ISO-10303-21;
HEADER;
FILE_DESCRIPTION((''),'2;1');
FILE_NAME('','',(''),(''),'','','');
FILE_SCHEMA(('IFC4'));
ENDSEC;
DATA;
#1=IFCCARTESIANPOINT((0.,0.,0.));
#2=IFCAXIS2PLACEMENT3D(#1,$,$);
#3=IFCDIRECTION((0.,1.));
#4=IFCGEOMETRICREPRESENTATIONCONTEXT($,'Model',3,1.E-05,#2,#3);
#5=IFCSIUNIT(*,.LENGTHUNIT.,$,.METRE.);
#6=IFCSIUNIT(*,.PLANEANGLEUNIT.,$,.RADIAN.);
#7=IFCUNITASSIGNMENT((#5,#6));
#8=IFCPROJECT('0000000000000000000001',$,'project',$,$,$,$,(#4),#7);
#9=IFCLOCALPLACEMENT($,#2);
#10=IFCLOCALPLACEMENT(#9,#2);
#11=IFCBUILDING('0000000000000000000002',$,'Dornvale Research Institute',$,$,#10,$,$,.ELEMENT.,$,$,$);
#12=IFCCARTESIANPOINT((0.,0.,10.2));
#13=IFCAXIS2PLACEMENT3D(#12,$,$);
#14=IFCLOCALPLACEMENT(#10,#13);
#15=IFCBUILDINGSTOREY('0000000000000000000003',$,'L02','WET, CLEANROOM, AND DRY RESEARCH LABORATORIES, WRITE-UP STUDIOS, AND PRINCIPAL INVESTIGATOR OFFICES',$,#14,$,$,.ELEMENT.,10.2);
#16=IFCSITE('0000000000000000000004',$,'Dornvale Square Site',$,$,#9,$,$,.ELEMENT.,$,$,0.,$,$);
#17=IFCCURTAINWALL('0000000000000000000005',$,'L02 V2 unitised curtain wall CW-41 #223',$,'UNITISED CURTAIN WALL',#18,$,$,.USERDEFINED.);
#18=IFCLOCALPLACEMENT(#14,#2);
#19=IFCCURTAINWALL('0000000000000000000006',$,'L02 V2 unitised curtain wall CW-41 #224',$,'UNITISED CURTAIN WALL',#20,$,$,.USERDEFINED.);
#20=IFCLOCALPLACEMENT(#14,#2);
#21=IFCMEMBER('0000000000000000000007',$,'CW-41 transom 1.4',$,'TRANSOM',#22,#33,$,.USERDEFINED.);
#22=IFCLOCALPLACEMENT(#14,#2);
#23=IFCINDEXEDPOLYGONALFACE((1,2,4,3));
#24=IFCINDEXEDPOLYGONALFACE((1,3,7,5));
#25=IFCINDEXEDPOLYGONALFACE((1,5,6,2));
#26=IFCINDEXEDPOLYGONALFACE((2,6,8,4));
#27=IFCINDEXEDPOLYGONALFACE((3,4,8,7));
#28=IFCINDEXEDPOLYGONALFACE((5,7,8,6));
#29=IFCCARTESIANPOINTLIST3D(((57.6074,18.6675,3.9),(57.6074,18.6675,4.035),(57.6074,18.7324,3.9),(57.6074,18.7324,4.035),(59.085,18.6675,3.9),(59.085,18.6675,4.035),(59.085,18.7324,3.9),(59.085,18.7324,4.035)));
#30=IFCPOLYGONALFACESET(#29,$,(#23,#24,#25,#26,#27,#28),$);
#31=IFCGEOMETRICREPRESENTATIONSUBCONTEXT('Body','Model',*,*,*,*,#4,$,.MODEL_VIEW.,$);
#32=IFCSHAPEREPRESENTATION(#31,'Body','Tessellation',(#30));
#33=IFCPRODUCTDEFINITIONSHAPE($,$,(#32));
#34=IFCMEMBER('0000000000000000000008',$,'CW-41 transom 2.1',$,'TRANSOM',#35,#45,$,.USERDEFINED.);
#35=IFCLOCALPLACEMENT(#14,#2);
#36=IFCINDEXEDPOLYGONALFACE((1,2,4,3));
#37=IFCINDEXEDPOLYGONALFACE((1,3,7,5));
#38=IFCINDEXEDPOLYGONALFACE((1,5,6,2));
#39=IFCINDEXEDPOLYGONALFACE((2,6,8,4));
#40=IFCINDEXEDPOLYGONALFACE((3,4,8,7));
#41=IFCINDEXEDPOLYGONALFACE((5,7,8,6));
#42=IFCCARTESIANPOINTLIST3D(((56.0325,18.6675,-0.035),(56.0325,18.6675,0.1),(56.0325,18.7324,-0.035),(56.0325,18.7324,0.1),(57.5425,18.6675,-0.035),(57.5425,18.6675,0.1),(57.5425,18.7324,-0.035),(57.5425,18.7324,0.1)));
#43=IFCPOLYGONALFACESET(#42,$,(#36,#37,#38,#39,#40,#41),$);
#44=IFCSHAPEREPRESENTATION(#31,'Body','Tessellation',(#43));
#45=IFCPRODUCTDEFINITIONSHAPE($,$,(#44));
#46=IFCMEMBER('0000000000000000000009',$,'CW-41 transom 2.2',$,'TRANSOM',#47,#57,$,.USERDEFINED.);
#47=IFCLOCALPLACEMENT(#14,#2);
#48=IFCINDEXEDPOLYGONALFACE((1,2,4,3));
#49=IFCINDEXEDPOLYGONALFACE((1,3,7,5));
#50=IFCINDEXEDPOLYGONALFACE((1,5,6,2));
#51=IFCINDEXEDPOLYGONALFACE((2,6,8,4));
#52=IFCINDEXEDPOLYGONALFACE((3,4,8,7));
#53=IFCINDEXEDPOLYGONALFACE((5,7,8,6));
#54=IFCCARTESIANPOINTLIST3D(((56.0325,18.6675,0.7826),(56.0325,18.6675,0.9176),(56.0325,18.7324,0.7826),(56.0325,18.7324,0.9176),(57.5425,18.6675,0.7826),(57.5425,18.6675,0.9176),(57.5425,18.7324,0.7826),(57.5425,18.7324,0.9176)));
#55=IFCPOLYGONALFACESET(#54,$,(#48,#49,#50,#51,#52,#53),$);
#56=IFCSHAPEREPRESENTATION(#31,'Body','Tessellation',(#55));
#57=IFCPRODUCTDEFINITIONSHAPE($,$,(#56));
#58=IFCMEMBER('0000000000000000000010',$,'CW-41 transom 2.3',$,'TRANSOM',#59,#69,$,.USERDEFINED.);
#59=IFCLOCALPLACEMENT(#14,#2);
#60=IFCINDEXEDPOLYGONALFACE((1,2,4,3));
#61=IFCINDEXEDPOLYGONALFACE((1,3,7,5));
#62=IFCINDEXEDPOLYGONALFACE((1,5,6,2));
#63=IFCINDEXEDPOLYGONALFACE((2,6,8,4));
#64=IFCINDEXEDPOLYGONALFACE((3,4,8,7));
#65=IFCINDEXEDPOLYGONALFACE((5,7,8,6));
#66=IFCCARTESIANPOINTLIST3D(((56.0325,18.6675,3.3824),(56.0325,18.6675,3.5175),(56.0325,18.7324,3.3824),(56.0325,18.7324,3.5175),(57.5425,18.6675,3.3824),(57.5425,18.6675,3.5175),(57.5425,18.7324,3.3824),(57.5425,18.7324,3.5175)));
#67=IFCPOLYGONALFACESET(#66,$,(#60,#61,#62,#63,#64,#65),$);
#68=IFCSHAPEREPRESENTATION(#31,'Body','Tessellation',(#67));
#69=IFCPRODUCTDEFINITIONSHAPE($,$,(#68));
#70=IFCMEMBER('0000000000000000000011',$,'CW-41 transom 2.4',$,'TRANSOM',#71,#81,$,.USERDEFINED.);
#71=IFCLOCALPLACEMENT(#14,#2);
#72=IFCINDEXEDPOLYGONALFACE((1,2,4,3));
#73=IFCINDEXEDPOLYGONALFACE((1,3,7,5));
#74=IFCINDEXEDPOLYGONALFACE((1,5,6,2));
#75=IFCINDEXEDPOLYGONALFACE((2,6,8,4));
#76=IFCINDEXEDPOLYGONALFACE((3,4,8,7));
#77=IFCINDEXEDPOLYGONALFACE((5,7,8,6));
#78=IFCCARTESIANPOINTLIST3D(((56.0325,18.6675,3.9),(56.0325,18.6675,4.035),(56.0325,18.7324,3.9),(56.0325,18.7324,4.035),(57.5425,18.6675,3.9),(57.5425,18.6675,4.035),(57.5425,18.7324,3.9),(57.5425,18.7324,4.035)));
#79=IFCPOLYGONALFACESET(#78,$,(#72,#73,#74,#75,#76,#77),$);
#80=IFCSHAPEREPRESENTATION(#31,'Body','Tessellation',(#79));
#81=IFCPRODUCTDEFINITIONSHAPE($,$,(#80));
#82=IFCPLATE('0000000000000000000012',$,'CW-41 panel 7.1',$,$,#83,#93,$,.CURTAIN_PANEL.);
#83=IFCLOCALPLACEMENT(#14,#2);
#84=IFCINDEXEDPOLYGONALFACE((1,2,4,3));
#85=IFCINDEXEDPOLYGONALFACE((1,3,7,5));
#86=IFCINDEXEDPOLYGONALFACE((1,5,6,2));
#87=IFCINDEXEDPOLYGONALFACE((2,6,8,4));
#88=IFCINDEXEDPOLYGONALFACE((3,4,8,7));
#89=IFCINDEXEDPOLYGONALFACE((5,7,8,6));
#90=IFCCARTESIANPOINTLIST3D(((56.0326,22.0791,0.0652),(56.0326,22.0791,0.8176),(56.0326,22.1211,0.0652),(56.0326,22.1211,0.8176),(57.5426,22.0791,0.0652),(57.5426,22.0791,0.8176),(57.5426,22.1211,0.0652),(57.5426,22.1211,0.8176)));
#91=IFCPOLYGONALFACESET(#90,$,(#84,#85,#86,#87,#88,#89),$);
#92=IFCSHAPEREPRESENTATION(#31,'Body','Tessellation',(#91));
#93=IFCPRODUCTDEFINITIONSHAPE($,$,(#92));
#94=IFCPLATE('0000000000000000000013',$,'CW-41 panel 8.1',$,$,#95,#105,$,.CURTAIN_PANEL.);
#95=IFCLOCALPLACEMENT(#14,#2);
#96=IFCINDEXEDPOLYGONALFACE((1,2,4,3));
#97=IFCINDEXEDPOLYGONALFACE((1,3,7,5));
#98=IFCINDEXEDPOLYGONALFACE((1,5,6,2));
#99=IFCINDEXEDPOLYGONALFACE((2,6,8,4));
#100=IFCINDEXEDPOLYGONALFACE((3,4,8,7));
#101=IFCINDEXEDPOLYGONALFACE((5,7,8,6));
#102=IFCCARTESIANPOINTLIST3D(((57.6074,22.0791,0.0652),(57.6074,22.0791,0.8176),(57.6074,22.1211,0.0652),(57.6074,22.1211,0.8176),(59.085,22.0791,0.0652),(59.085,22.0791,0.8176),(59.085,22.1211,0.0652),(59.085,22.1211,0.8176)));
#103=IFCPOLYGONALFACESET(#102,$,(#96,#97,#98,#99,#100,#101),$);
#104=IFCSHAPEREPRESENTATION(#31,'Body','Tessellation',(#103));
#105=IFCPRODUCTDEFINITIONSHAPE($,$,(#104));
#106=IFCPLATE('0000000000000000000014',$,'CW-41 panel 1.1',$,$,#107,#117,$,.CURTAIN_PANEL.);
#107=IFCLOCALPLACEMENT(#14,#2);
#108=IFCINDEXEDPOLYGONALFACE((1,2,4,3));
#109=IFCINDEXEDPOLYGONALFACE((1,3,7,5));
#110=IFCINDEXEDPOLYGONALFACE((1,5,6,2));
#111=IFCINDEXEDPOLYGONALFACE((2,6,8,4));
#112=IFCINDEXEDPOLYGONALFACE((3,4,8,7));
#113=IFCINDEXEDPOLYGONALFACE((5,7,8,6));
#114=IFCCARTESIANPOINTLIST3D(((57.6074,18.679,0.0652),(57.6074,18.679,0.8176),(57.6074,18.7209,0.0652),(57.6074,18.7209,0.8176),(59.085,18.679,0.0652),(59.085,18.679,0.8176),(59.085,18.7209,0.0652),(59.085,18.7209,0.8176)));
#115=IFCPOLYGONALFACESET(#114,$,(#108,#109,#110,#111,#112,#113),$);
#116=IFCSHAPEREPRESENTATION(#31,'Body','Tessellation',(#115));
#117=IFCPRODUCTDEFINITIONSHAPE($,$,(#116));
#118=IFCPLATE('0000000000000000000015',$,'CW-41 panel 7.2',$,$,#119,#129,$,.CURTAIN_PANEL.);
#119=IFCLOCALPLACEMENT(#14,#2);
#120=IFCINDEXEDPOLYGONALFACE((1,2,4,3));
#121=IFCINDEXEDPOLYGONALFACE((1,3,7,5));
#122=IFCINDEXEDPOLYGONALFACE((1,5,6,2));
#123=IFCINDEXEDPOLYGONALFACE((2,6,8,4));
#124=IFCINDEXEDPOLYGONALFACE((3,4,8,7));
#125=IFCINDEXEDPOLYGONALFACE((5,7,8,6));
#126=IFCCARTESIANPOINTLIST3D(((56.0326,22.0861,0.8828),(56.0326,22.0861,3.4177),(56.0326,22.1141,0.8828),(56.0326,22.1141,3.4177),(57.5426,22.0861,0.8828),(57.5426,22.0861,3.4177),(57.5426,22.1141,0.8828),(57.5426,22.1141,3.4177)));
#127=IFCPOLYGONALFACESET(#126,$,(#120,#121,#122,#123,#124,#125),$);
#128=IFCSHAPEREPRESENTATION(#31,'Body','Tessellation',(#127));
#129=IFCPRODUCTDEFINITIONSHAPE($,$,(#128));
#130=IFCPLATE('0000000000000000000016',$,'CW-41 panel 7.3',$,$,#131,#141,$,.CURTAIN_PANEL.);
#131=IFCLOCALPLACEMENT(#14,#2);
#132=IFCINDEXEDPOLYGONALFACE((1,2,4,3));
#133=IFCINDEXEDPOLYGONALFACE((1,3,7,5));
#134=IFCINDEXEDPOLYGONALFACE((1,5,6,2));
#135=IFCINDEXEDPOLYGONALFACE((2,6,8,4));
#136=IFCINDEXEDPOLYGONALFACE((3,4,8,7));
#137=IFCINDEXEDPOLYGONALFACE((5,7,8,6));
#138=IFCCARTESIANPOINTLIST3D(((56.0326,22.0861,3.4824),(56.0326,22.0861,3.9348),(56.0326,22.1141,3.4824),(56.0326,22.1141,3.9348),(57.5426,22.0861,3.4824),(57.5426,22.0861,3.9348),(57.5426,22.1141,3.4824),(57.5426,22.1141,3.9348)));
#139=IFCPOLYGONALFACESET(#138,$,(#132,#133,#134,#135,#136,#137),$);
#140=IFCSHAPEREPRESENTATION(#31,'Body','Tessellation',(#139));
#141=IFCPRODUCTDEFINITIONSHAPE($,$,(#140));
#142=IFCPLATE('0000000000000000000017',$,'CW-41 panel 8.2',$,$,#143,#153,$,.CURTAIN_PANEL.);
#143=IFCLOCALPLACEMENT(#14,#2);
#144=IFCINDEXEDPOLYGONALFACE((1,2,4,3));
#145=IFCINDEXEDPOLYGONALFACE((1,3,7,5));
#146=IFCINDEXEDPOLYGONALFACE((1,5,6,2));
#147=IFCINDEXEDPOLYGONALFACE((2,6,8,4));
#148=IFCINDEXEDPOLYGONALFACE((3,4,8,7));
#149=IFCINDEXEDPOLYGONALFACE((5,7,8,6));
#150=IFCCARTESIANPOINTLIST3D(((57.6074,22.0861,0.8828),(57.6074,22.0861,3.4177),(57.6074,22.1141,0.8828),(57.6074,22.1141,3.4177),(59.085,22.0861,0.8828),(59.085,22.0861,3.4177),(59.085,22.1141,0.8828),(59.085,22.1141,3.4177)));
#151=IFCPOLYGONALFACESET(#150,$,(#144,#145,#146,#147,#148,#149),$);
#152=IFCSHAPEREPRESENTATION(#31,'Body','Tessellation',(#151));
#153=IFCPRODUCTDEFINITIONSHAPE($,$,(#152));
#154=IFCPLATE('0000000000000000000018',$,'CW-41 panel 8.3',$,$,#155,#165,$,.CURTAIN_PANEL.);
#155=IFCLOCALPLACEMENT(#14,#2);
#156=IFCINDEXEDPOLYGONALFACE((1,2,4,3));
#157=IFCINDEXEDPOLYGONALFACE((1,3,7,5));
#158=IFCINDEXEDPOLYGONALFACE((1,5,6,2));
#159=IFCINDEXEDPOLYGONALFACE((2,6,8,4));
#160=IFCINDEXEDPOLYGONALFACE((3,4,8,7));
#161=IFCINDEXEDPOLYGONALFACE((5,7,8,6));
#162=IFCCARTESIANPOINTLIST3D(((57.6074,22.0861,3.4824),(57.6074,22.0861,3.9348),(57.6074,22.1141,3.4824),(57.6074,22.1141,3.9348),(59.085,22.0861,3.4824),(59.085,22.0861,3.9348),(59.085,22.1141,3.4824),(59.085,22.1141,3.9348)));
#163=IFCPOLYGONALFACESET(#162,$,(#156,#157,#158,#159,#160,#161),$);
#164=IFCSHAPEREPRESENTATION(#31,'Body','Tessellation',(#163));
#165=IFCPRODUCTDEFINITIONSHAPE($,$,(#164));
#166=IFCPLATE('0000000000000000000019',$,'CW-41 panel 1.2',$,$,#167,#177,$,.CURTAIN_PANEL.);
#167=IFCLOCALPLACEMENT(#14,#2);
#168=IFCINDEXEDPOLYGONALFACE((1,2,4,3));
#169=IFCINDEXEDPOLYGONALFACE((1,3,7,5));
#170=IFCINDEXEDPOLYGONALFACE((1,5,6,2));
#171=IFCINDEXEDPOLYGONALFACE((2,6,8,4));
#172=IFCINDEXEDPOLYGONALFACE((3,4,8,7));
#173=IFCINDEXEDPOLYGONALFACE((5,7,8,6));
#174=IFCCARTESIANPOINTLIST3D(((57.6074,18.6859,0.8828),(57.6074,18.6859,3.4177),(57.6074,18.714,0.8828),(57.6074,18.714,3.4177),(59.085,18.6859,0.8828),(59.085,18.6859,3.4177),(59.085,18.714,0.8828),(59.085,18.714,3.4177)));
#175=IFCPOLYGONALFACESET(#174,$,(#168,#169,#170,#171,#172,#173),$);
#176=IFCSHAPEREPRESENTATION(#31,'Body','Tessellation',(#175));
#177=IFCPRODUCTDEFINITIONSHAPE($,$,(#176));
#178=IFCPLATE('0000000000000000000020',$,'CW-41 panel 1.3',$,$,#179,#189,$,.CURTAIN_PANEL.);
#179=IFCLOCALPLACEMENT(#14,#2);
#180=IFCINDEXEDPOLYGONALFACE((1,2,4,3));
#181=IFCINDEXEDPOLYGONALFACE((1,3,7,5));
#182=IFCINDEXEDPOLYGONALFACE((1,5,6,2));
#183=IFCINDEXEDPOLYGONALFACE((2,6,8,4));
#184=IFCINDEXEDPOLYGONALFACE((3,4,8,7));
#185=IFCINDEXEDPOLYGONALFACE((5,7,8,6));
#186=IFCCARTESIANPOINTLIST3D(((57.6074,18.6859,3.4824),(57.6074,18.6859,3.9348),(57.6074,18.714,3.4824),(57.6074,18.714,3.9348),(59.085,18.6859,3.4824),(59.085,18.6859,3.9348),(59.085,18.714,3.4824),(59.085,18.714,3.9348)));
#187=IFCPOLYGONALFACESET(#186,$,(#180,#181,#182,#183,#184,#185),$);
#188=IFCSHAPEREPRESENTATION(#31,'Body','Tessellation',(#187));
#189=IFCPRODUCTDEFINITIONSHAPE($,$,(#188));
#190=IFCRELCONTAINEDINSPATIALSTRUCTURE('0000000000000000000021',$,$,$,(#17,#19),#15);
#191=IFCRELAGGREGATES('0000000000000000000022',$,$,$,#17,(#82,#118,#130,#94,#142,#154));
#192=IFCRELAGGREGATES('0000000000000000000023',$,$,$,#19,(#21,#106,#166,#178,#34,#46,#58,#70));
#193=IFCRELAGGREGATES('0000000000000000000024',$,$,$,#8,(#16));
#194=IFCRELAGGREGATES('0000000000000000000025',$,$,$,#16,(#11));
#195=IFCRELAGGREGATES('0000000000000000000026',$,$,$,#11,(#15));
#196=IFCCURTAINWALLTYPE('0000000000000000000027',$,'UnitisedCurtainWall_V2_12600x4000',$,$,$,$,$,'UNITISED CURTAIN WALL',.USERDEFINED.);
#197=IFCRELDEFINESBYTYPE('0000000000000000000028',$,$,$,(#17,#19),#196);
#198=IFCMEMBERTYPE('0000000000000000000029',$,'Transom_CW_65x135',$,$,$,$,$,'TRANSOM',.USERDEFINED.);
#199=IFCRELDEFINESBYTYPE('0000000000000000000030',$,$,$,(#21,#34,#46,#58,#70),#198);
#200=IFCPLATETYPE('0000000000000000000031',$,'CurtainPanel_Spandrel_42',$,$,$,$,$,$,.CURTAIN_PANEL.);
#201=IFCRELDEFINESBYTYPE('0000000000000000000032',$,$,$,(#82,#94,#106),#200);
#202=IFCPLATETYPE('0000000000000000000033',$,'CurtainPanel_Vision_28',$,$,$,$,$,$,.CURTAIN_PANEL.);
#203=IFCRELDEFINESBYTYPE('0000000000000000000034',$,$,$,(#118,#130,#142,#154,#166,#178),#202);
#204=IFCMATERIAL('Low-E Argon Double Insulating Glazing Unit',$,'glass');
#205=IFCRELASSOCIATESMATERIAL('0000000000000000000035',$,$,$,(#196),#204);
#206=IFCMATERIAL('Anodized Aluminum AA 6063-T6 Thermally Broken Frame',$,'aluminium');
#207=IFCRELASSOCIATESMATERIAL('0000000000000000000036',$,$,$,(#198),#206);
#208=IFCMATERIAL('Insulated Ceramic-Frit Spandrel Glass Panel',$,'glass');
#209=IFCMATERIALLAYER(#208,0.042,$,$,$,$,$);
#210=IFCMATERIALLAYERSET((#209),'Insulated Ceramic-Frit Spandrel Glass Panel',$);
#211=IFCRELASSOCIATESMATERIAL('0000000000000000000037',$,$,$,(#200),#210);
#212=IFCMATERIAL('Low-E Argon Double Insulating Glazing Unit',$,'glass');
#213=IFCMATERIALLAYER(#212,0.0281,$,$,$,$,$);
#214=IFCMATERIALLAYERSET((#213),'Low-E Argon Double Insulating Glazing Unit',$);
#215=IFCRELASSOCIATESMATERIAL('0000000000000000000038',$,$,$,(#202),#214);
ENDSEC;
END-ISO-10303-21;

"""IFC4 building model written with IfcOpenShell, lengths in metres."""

from ifc_helpers import new_model, si_unit, direction, frame, origin, origin_2d, place, context, subcontext, project, spatial, rectangle, extrude, material, layer, layer_set, material_profile, profile_set, type_object, element, aggregate, save


model = new_model("IFC4")

# Units and contexts
model_context = context("Model", 3, precision=1e-05, world=origin(), true_north=direction((0.0, 1.0)))
body_context = subcontext(model_context, "Body", "Model", "MODEL_VIEW")
ifc_project = project(units=[si_unit("LENGTHUNIT", "METRE"), si_unit("PLANEANGLEUNIT", "RADIAN")], contexts=[model_context])

# Site, building, storey
site_placement = place(None, origin())
site = spatial("IfcSite", under=ifc_project, at=site_placement, Name="Dornvale Square Site", CompositionType="ELEMENT", RefElevation=0.0)
building_placement = place(site_placement, origin())
building = spatial("IfcBuilding", under=site, at=building_placement, Name="Dornvale Research Institute", CompositionType="ELEMENT")
storey_placement = place(building_placement, frame((0.0, 0.0, 10.2)))
storey = spatial("IfcBuildingStorey", under=building, at=storey_placement, Name="L02", Description="WET, CLEANROOM, AND DRY RESEARCH LABORATORIES, WRITE-UP STUDIOS, AND PRINCIPAL INVESTIGATOR OFFICES", CompositionType="ELEMENT", Elevation=10.2)

# Curtain walls
ifc_material_1 = material(Name="Low-E Argon Double Insulating Glazing Unit", Category="glass")
curtain_wall_type = type_object("IfcCurtainWallType", Name="UnitisedCurtainWall_V2_12600x4000", ElementType="UNITISED CURTAIN WALL", PredefinedType="USERDEFINED", material=ifc_material_1)
curtain_wall_1_placement = place(storey_placement, origin())
curtain_wall_1 = element("IfcCurtainWall", 1, at=curtain_wall_1_placement, inside=storey, type_object=curtain_wall_type, Name="L02 V2 unitised curtain wall CW-41 #223", ObjectType="UNITISED CURTAIN WALL", PredefinedType="USERDEFINED")
curtain_wall_2_placement = place(storey_placement, origin())
curtain_wall_2 = element("IfcCurtainWall", 2, at=curtain_wall_2_placement, inside=storey, type_object=curtain_wall_type, Name="L02 V2 unitised curtain wall CW-41 #224", ObjectType="UNITISED CURTAIN WALL", PredefinedType="USERDEFINED")

# Members
ifc_material_2 = material(Name="Anodized Aluminum AA 6063-T6 Thermally Broken Frame", Category="aluminium")
ifc_material_profile_1 = material_profile(ifc_material_2, rectangle(XDim=0.0649, YDim=0.135, at=origin_2d()), Name="ALU TRANSOM 65x135")
ifc_profile_set_1 = profile_set([ifc_material_profile_1], Name="Anodized Aluminum AA 6063-T6 Thermally Broken Frame")
member_type_1 = type_object("IfcMemberType", Name="Transom_CW_65x135", ElementType="TRANSOM", PredefinedType="USERDEFINED", material=ifc_profile_set_1)
member_1_placement = place(storey_placement, frame((59.085, 18.7, 3.9675), z_axis=(-1.0, 0.0, 0.0), x_axis=(0.0, -1.0, 0.0)))
member_1 = element("IfcMember", 3, at=member_1_placement, type_object=member_type_1, Name="CW-41 transom 1.4", ObjectType="TRANSOM", PredefinedType="USERDEFINED", context=body_context, shape_type="SweptSolid", body=[
    extrude(rectangle(XDim=0.0649, YDim=0.135, at=origin_2d()), origin(), (0.0, 0.0, 1.0), 1.4775),
])
member_2_placement = place(storey_placement, frame((57.5425, 18.7, 0.0325), z_axis=(-1.0, 0.0, 0.0), x_axis=(0.0, -1.0, 0.0)))
member_2 = element("IfcMember", 4, at=member_2_placement, type_object=member_type_1, Name="CW-41 transom 2.1", ObjectType="TRANSOM", PredefinedType="USERDEFINED", context=body_context, shape_type="SweptSolid", body=[
    extrude(rectangle(XDim=0.0649, YDim=0.135, at=origin_2d()), origin(), (0.0, 0.0, 1.0), 1.51),
])
member_3_placement = place(storey_placement, frame((57.5425, 18.7, 0.8501), z_axis=(-1.0, 0.0, 0.0), x_axis=(0.0, -1.0, 0.0)))
member_3 = element("IfcMember", 5, at=member_3_placement, type_object=member_type_1, Name="CW-41 transom 2.2", ObjectType="TRANSOM", PredefinedType="USERDEFINED", context=body_context, shape_type="SweptSolid", body=[
    extrude(rectangle(XDim=0.0649, YDim=0.135, at=origin_2d()), origin(), (0.0, 0.0, 1.0), 1.51),
])
member_4_placement = place(storey_placement, frame((57.5425, 18.7, 3.45), z_axis=(-1.0, 0.0, 0.0), x_axis=(0.0, -1.0, 0.0)))
member_4 = element("IfcMember", 6, at=member_4_placement, type_object=member_type_1, Name="CW-41 transom 2.3", ObjectType="TRANSOM", PredefinedType="USERDEFINED", context=body_context, shape_type="SweptSolid", body=[
    extrude(rectangle(XDim=0.0649, YDim=0.135, at=origin_2d()), origin(), (0.0, 0.0, 1.0), 1.51),
])
member_5_placement = place(storey_placement, frame((57.5425, 18.7, 3.9675), z_axis=(-1.0, 0.0, 0.0), x_axis=(0.0, -1.0, 0.0)))
member_5 = element("IfcMember", 7, at=member_5_placement, type_object=member_type_1, Name="CW-41 transom 2.4", ObjectType="TRANSOM", PredefinedType="USERDEFINED", context=body_context, shape_type="SweptSolid", body=[
    extrude(rectangle(XDim=0.0649, YDim=0.135, at=origin_2d()), origin(), (0.0, 0.0, 1.0), 1.51),
])

# Plates
ifc_material_3 = material(Name="Insulated Ceramic-Frit Spandrel Glass Panel", Category="glass")
ifc_layer_1 = layer(ifc_material_3, 0.042)
ifc_layer_set_1 = layer_set([ifc_layer_1], Name="Insulated Ceramic-Frit Spandrel Glass Panel")
plate_type_1 = type_object("IfcPlateType", Name="CurtainPanel_Spandrel_42", PredefinedType="CURTAIN_PANEL", material=ifc_layer_set_1)
plate_1_placement = place(storey_placement, frame((56.7876, 22.1001, 0.0652), z_axis=(0.0, 0.0, 1.0), x_axis=(1.0, 0.0, 0.0)))
plate_1 = element("IfcPlate", 8, at=plate_1_placement, type_object=plate_type_1, Name="CW-41 panel 7.1", PredefinedType="CURTAIN_PANEL", context=body_context, shape_type="SweptSolid", body=[
    extrude(rectangle(XDim=1.51, YDim=0.042, at=origin_2d()), origin(), (0.0, 0.0, 1.0), 0.7524),
])
plate_2_placement = place(storey_placement, frame((58.3462, 22.1001, 0.0652), z_axis=(0.0, 0.0, 1.0), x_axis=(1.0, 0.0, 0.0)))
plate_2 = element("IfcPlate", 9, at=plate_2_placement, type_object=plate_type_1, Name="CW-41 panel 8.1", PredefinedType="CURTAIN_PANEL", context=body_context, shape_type="SweptSolid", body=[
    extrude(rectangle(XDim=1.4775, YDim=0.042, at=origin_2d()), origin(), (0.0, 0.0, 1.0), 0.7524),
])
plate_3_placement = place(storey_placement, frame((58.3462, 18.7, 0.0652), z_axis=(0.0, 0.0, 1.0), x_axis=(-1.0, 0.0, 0.0)))
plate_3 = element("IfcPlate", 10, at=plate_3_placement, type_object=plate_type_1, Name="CW-41 panel 1.1", PredefinedType="CURTAIN_PANEL", context=body_context, shape_type="SweptSolid", body=[
    extrude(rectangle(XDim=1.4775, YDim=0.042, at=origin_2d()), origin(), (0.0, 0.0, 1.0), 0.7524),
])
ifc_material_4 = material(Name="Low-E Argon Double Insulating Glazing Unit", Category="glass")
ifc_layer_2 = layer(ifc_material_4, 0.0281)
ifc_layer_set_2 = layer_set([ifc_layer_2], Name="Low-E Argon Double Insulating Glazing Unit")
plate_type_2 = type_object("IfcPlateType", Name="CurtainPanel_Vision_28", PredefinedType="CURTAIN_PANEL", material=ifc_layer_set_2)
plate_4_placement = place(storey_placement, frame((56.7876, 22.1001, 0.8828), z_axis=(0.0, 0.0, 1.0), x_axis=(1.0, 0.0, 0.0)))
plate_4 = element("IfcPlate", 11, at=plate_4_placement, type_object=plate_type_2, Name="CW-41 panel 7.2", PredefinedType="CURTAIN_PANEL", context=body_context, shape_type="SweptSolid", body=[
    extrude(rectangle(XDim=1.51, YDim=0.0281, at=origin_2d()), origin(), (0.0, 0.0, 1.0), 2.5349),
])
plate_5_placement = place(storey_placement, frame((56.7876, 22.1001, 3.4824), z_axis=(0.0, 0.0, 1.0), x_axis=(1.0, 0.0, 0.0)))
plate_5 = element("IfcPlate", 12, at=plate_5_placement, type_object=plate_type_2, Name="CW-41 panel 7.3", PredefinedType="CURTAIN_PANEL", context=body_context, shape_type="SweptSolid", body=[
    extrude(rectangle(XDim=1.51, YDim=0.0281, at=origin_2d()), origin(), (0.0, 0.0, 1.0), 0.4524),
])
plate_6_placement = place(storey_placement, frame((58.3462, 22.1001, 0.8828), z_axis=(0.0, 0.0, 1.0), x_axis=(1.0, 0.0, 0.0)))
plate_6 = element("IfcPlate", 13, at=plate_6_placement, type_object=plate_type_2, Name="CW-41 panel 8.2", PredefinedType="CURTAIN_PANEL", context=body_context, shape_type="SweptSolid", body=[
    extrude(rectangle(XDim=1.4775, YDim=0.0281, at=origin_2d()), origin(), (0.0, 0.0, 1.0), 2.5349),
])
plate_7_placement = place(storey_placement, frame((58.3462, 22.1001, 3.4824), z_axis=(0.0, 0.0, 1.0), x_axis=(1.0, 0.0, 0.0)))
plate_7 = element("IfcPlate", 14, at=plate_7_placement, type_object=plate_type_2, Name="CW-41 panel 8.3", PredefinedType="CURTAIN_PANEL", context=body_context, shape_type="SweptSolid", body=[
    extrude(rectangle(XDim=1.4775, YDim=0.0281, at=origin_2d()), origin(), (0.0, 0.0, 1.0), 0.4524),
])
aggregate(curtain_wall_1, [plate_1, plate_4, plate_5, plate_2, plate_6, plate_7])
plate_8_placement = place(storey_placement, frame((58.3462, 18.7, 0.8828), z_axis=(0.0, 0.0, 1.0), x_axis=(-1.0, 0.0, 0.0)))
plate_8 = element("IfcPlate", 15, at=plate_8_placement, type_object=plate_type_2, Name="CW-41 panel 1.2", PredefinedType="CURTAIN_PANEL", context=body_context, shape_type="SweptSolid", body=[
    extrude(rectangle(XDim=1.4775, YDim=0.0281, at=origin_2d()), origin(), (0.0, 0.0, 1.0), 2.5349),
])
plate_9_placement = place(storey_placement, frame((58.3462, 18.7, 3.4824), z_axis=(0.0, 0.0, 1.0), x_axis=(-1.0, 0.0, 0.0)))
plate_9 = element("IfcPlate", 16, at=plate_9_placement, type_object=plate_type_2, Name="CW-41 panel 1.3", PredefinedType="CURTAIN_PANEL", context=body_context, shape_type="SweptSolid", body=[
    extrude(rectangle(XDim=1.4775, YDim=0.0281, at=origin_2d()), origin(), (0.0, 0.0, 1.0), 0.4524),
])
aggregate(curtain_wall_2, [member_1, plate_3, plate_8, plate_9, member_2, member_3, member_4, member_5])

save(model, "model.ifc")
